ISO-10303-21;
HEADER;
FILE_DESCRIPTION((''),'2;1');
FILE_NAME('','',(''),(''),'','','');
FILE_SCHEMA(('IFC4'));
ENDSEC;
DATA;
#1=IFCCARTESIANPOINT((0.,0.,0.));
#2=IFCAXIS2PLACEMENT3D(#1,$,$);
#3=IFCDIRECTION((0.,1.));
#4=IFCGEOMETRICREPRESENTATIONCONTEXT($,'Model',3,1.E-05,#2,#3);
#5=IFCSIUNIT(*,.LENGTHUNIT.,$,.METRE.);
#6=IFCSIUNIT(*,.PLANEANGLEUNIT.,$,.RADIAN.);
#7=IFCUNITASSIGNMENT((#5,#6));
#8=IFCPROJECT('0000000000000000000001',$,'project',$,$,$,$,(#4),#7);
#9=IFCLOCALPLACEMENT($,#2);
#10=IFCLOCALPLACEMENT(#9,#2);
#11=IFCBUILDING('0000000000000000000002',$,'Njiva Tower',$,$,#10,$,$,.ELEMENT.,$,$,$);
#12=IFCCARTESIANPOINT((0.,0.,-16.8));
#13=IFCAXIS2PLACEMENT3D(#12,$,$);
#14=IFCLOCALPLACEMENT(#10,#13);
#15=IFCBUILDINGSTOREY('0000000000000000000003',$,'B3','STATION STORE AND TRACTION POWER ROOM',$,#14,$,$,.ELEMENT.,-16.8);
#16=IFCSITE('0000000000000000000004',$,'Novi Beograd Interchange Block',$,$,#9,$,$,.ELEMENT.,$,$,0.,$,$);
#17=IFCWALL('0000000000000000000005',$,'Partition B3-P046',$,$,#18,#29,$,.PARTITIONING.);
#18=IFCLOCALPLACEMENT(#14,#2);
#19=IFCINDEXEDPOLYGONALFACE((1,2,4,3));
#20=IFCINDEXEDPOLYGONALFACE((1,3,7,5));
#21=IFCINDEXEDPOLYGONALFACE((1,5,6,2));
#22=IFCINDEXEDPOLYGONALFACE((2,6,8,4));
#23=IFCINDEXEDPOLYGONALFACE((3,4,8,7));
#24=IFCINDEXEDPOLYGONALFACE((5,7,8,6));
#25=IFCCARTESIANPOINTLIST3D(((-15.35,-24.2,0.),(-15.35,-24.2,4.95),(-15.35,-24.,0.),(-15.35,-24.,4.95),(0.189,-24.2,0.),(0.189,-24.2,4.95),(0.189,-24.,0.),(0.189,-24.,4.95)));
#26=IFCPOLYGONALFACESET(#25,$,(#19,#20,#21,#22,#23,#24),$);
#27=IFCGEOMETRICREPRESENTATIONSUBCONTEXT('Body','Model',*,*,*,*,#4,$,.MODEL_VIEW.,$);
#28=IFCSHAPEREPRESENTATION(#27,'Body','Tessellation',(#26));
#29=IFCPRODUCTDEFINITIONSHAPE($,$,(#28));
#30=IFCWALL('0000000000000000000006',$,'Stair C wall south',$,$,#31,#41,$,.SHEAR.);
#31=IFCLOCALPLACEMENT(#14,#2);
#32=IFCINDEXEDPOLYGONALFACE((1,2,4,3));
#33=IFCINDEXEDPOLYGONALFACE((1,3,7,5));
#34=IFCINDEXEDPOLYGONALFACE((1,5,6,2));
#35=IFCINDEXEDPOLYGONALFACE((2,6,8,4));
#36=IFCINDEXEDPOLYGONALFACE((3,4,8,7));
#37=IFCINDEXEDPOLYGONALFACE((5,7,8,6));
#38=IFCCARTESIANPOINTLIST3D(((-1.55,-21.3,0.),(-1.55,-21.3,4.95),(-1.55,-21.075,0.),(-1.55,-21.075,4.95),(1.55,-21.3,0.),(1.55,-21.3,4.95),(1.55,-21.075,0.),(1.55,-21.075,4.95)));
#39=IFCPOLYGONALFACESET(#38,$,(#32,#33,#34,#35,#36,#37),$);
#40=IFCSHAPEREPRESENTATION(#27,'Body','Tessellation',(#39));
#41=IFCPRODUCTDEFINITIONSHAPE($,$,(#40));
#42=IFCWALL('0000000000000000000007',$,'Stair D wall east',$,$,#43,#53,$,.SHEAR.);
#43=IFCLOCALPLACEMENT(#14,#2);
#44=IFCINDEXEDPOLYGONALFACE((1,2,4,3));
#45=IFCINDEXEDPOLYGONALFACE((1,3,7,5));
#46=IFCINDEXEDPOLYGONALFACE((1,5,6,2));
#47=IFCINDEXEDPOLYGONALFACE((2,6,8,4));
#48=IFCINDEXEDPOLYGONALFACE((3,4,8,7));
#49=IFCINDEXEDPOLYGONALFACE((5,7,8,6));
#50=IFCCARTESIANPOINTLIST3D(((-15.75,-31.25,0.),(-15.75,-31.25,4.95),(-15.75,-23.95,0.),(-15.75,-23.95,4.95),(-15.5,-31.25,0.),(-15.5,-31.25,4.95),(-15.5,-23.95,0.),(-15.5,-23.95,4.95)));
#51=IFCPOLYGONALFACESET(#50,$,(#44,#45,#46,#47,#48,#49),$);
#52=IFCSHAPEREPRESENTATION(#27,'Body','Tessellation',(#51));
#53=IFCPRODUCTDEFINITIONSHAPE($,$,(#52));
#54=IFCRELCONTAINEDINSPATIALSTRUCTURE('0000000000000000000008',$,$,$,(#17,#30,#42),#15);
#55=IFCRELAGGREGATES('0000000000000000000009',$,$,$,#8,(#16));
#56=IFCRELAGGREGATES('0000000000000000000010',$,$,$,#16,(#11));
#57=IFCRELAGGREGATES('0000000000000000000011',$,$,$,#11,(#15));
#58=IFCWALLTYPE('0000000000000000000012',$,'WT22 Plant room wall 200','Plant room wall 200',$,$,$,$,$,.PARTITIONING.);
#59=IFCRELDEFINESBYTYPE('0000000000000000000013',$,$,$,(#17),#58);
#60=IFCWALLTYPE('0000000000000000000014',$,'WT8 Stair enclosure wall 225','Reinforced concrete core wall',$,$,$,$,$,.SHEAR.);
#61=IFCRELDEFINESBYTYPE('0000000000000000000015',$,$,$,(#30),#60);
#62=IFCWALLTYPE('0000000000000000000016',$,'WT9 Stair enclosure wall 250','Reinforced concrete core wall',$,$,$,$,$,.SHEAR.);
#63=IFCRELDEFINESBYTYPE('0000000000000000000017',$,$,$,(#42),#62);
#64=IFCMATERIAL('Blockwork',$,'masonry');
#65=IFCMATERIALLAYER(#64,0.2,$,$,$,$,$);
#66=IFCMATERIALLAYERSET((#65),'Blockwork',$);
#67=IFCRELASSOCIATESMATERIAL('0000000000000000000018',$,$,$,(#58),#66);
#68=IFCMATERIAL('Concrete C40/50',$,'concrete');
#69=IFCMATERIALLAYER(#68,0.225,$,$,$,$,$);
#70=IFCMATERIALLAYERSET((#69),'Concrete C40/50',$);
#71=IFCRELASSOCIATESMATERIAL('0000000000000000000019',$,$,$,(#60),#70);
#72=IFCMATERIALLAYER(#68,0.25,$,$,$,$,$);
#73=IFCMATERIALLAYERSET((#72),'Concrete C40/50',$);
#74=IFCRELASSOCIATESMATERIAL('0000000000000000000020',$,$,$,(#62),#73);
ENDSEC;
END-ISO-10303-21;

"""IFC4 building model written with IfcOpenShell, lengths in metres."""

from ifc_helpers import new_model, si_unit, direction, frame, frame_2d, origin, place, context, subcontext, project, spatial, rectangle, extrude, material, layer, layer_set, type_object, element, save


model = new_model("IFC4")

# Units and contexts
model_context = context("Model", 3, precision=1e-05, world=origin(), true_north=direction((0.0, 1.0)))
body_context = subcontext(model_context, "Body", "Model", "MODEL_VIEW")
ifc_project = project(units=[si_unit("LENGTHUNIT", "METRE"), si_unit("PLANEANGLEUNIT", "RADIAN")], contexts=[model_context])

# Site, building, storey
site_placement = place(None, origin())
site = spatial("IfcSite", under=ifc_project, at=site_placement, Name="Novi Beograd Interchange Block", CompositionType="ELEMENT", RefElevation=0.0)
building_placement = place(site_placement, origin())
building = spatial("IfcBuilding", under=site, at=building_placement, Name="Njiva Tower", CompositionType="ELEMENT")
storey_placement = place(building_placement, frame((0.0, 0.0, -16.8)))
storey = spatial("IfcBuildingStorey", under=building, at=storey_placement, Name="B3", Description="STATION STORE AND TRACTION POWER ROOM", CompositionType="ELEMENT", Elevation=-16.8)

# Walls
ifc_material_1 = material(Name="Blockwork", Category="masonry")
ifc_layer_1 = layer(ifc_material_1, 0.2)
ifc_layer_set_1 = layer_set([ifc_layer_1], Name="Blockwork")
wall_type_1 = type_object("IfcWallType", Name="WT22 Plant room wall 200", Description="Plant room wall 200", PredefinedType="PARTITIONING", material=ifc_layer_set_1)
wall_1_placement = place(storey_placement, frame((-15.35, -24.1, 0.0), z_axis=(0.0, 0.0, 1.0), x_axis=(1.0, 0.0, 0.0)))
element("IfcWall", 1, at=wall_1_placement, inside=storey, type_object=wall_type_1, Name="Partition B3-P046", PredefinedType="PARTITIONING", context=body_context, shape_type="SweptSolid", body=[
    extrude(rectangle(XDim=15.539, YDim=0.2, at=frame_2d((7.7695, 0.0))), origin(), (0.0, 0.0, 1.0), 4.95),
])
ifc_material_2 = material(Name="Concrete C40/50", Category="concrete")
ifc_layer_2 = layer(ifc_material_2, 0.225)
ifc_layer_set_2 = layer_set([ifc_layer_2], Name="Concrete C40/50")
wall_type_2 = type_object("IfcWallType", Name="WT8 Stair enclosure wall 225", Description="Reinforced concrete core wall", PredefinedType="SHEAR", material=ifc_layer_set_2)
wall_2_placement = place(storey_placement, frame((-1.55, -21.1875, 0.0), z_axis=(0.0, 0.0, 1.0), x_axis=(1.0, 0.0, 0.0)))
element("IfcWall", 2, at=wall_2_placement, inside=storey, type_object=wall_type_2, Name="Stair C wall south", PredefinedType="SHEAR", context=body_context, shape_type="SweptSolid", body=[
    extrude(rectangle(XDim=3.1, YDim=0.225, at=frame_2d((1.55, 0.0))), origin(), (0.0, 0.0, 1.0), 4.95),
])
ifc_layer_3 = layer(ifc_material_2, 0.25)
ifc_layer_set_3 = layer_set([ifc_layer_3], Name="Concrete C40/50")
wall_type_3 = type_object("IfcWallType", Name="WT9 Stair enclosure wall 250", Description="Reinforced concrete core wall", PredefinedType="SHEAR", material=ifc_layer_set_3)
wall_3_placement = place(storey_placement, frame((-15.625, -31.25, 0.0), z_axis=(0.0, 0.0, 1.0), x_axis=(0.0, 1.0, 0.0)))
element("IfcWall", 3, at=wall_3_placement, inside=storey, type_object=wall_type_3, Name="Stair D wall east", PredefinedType="SHEAR", context=body_context, shape_type="SweptSolid", body=[
    extrude(rectangle(XDim=7.3, YDim=0.25, at=frame_2d((3.65, 0.0))), origin(), (0.0, 0.0, 1.0), 4.95),
])

save(model, "model.ifc")
